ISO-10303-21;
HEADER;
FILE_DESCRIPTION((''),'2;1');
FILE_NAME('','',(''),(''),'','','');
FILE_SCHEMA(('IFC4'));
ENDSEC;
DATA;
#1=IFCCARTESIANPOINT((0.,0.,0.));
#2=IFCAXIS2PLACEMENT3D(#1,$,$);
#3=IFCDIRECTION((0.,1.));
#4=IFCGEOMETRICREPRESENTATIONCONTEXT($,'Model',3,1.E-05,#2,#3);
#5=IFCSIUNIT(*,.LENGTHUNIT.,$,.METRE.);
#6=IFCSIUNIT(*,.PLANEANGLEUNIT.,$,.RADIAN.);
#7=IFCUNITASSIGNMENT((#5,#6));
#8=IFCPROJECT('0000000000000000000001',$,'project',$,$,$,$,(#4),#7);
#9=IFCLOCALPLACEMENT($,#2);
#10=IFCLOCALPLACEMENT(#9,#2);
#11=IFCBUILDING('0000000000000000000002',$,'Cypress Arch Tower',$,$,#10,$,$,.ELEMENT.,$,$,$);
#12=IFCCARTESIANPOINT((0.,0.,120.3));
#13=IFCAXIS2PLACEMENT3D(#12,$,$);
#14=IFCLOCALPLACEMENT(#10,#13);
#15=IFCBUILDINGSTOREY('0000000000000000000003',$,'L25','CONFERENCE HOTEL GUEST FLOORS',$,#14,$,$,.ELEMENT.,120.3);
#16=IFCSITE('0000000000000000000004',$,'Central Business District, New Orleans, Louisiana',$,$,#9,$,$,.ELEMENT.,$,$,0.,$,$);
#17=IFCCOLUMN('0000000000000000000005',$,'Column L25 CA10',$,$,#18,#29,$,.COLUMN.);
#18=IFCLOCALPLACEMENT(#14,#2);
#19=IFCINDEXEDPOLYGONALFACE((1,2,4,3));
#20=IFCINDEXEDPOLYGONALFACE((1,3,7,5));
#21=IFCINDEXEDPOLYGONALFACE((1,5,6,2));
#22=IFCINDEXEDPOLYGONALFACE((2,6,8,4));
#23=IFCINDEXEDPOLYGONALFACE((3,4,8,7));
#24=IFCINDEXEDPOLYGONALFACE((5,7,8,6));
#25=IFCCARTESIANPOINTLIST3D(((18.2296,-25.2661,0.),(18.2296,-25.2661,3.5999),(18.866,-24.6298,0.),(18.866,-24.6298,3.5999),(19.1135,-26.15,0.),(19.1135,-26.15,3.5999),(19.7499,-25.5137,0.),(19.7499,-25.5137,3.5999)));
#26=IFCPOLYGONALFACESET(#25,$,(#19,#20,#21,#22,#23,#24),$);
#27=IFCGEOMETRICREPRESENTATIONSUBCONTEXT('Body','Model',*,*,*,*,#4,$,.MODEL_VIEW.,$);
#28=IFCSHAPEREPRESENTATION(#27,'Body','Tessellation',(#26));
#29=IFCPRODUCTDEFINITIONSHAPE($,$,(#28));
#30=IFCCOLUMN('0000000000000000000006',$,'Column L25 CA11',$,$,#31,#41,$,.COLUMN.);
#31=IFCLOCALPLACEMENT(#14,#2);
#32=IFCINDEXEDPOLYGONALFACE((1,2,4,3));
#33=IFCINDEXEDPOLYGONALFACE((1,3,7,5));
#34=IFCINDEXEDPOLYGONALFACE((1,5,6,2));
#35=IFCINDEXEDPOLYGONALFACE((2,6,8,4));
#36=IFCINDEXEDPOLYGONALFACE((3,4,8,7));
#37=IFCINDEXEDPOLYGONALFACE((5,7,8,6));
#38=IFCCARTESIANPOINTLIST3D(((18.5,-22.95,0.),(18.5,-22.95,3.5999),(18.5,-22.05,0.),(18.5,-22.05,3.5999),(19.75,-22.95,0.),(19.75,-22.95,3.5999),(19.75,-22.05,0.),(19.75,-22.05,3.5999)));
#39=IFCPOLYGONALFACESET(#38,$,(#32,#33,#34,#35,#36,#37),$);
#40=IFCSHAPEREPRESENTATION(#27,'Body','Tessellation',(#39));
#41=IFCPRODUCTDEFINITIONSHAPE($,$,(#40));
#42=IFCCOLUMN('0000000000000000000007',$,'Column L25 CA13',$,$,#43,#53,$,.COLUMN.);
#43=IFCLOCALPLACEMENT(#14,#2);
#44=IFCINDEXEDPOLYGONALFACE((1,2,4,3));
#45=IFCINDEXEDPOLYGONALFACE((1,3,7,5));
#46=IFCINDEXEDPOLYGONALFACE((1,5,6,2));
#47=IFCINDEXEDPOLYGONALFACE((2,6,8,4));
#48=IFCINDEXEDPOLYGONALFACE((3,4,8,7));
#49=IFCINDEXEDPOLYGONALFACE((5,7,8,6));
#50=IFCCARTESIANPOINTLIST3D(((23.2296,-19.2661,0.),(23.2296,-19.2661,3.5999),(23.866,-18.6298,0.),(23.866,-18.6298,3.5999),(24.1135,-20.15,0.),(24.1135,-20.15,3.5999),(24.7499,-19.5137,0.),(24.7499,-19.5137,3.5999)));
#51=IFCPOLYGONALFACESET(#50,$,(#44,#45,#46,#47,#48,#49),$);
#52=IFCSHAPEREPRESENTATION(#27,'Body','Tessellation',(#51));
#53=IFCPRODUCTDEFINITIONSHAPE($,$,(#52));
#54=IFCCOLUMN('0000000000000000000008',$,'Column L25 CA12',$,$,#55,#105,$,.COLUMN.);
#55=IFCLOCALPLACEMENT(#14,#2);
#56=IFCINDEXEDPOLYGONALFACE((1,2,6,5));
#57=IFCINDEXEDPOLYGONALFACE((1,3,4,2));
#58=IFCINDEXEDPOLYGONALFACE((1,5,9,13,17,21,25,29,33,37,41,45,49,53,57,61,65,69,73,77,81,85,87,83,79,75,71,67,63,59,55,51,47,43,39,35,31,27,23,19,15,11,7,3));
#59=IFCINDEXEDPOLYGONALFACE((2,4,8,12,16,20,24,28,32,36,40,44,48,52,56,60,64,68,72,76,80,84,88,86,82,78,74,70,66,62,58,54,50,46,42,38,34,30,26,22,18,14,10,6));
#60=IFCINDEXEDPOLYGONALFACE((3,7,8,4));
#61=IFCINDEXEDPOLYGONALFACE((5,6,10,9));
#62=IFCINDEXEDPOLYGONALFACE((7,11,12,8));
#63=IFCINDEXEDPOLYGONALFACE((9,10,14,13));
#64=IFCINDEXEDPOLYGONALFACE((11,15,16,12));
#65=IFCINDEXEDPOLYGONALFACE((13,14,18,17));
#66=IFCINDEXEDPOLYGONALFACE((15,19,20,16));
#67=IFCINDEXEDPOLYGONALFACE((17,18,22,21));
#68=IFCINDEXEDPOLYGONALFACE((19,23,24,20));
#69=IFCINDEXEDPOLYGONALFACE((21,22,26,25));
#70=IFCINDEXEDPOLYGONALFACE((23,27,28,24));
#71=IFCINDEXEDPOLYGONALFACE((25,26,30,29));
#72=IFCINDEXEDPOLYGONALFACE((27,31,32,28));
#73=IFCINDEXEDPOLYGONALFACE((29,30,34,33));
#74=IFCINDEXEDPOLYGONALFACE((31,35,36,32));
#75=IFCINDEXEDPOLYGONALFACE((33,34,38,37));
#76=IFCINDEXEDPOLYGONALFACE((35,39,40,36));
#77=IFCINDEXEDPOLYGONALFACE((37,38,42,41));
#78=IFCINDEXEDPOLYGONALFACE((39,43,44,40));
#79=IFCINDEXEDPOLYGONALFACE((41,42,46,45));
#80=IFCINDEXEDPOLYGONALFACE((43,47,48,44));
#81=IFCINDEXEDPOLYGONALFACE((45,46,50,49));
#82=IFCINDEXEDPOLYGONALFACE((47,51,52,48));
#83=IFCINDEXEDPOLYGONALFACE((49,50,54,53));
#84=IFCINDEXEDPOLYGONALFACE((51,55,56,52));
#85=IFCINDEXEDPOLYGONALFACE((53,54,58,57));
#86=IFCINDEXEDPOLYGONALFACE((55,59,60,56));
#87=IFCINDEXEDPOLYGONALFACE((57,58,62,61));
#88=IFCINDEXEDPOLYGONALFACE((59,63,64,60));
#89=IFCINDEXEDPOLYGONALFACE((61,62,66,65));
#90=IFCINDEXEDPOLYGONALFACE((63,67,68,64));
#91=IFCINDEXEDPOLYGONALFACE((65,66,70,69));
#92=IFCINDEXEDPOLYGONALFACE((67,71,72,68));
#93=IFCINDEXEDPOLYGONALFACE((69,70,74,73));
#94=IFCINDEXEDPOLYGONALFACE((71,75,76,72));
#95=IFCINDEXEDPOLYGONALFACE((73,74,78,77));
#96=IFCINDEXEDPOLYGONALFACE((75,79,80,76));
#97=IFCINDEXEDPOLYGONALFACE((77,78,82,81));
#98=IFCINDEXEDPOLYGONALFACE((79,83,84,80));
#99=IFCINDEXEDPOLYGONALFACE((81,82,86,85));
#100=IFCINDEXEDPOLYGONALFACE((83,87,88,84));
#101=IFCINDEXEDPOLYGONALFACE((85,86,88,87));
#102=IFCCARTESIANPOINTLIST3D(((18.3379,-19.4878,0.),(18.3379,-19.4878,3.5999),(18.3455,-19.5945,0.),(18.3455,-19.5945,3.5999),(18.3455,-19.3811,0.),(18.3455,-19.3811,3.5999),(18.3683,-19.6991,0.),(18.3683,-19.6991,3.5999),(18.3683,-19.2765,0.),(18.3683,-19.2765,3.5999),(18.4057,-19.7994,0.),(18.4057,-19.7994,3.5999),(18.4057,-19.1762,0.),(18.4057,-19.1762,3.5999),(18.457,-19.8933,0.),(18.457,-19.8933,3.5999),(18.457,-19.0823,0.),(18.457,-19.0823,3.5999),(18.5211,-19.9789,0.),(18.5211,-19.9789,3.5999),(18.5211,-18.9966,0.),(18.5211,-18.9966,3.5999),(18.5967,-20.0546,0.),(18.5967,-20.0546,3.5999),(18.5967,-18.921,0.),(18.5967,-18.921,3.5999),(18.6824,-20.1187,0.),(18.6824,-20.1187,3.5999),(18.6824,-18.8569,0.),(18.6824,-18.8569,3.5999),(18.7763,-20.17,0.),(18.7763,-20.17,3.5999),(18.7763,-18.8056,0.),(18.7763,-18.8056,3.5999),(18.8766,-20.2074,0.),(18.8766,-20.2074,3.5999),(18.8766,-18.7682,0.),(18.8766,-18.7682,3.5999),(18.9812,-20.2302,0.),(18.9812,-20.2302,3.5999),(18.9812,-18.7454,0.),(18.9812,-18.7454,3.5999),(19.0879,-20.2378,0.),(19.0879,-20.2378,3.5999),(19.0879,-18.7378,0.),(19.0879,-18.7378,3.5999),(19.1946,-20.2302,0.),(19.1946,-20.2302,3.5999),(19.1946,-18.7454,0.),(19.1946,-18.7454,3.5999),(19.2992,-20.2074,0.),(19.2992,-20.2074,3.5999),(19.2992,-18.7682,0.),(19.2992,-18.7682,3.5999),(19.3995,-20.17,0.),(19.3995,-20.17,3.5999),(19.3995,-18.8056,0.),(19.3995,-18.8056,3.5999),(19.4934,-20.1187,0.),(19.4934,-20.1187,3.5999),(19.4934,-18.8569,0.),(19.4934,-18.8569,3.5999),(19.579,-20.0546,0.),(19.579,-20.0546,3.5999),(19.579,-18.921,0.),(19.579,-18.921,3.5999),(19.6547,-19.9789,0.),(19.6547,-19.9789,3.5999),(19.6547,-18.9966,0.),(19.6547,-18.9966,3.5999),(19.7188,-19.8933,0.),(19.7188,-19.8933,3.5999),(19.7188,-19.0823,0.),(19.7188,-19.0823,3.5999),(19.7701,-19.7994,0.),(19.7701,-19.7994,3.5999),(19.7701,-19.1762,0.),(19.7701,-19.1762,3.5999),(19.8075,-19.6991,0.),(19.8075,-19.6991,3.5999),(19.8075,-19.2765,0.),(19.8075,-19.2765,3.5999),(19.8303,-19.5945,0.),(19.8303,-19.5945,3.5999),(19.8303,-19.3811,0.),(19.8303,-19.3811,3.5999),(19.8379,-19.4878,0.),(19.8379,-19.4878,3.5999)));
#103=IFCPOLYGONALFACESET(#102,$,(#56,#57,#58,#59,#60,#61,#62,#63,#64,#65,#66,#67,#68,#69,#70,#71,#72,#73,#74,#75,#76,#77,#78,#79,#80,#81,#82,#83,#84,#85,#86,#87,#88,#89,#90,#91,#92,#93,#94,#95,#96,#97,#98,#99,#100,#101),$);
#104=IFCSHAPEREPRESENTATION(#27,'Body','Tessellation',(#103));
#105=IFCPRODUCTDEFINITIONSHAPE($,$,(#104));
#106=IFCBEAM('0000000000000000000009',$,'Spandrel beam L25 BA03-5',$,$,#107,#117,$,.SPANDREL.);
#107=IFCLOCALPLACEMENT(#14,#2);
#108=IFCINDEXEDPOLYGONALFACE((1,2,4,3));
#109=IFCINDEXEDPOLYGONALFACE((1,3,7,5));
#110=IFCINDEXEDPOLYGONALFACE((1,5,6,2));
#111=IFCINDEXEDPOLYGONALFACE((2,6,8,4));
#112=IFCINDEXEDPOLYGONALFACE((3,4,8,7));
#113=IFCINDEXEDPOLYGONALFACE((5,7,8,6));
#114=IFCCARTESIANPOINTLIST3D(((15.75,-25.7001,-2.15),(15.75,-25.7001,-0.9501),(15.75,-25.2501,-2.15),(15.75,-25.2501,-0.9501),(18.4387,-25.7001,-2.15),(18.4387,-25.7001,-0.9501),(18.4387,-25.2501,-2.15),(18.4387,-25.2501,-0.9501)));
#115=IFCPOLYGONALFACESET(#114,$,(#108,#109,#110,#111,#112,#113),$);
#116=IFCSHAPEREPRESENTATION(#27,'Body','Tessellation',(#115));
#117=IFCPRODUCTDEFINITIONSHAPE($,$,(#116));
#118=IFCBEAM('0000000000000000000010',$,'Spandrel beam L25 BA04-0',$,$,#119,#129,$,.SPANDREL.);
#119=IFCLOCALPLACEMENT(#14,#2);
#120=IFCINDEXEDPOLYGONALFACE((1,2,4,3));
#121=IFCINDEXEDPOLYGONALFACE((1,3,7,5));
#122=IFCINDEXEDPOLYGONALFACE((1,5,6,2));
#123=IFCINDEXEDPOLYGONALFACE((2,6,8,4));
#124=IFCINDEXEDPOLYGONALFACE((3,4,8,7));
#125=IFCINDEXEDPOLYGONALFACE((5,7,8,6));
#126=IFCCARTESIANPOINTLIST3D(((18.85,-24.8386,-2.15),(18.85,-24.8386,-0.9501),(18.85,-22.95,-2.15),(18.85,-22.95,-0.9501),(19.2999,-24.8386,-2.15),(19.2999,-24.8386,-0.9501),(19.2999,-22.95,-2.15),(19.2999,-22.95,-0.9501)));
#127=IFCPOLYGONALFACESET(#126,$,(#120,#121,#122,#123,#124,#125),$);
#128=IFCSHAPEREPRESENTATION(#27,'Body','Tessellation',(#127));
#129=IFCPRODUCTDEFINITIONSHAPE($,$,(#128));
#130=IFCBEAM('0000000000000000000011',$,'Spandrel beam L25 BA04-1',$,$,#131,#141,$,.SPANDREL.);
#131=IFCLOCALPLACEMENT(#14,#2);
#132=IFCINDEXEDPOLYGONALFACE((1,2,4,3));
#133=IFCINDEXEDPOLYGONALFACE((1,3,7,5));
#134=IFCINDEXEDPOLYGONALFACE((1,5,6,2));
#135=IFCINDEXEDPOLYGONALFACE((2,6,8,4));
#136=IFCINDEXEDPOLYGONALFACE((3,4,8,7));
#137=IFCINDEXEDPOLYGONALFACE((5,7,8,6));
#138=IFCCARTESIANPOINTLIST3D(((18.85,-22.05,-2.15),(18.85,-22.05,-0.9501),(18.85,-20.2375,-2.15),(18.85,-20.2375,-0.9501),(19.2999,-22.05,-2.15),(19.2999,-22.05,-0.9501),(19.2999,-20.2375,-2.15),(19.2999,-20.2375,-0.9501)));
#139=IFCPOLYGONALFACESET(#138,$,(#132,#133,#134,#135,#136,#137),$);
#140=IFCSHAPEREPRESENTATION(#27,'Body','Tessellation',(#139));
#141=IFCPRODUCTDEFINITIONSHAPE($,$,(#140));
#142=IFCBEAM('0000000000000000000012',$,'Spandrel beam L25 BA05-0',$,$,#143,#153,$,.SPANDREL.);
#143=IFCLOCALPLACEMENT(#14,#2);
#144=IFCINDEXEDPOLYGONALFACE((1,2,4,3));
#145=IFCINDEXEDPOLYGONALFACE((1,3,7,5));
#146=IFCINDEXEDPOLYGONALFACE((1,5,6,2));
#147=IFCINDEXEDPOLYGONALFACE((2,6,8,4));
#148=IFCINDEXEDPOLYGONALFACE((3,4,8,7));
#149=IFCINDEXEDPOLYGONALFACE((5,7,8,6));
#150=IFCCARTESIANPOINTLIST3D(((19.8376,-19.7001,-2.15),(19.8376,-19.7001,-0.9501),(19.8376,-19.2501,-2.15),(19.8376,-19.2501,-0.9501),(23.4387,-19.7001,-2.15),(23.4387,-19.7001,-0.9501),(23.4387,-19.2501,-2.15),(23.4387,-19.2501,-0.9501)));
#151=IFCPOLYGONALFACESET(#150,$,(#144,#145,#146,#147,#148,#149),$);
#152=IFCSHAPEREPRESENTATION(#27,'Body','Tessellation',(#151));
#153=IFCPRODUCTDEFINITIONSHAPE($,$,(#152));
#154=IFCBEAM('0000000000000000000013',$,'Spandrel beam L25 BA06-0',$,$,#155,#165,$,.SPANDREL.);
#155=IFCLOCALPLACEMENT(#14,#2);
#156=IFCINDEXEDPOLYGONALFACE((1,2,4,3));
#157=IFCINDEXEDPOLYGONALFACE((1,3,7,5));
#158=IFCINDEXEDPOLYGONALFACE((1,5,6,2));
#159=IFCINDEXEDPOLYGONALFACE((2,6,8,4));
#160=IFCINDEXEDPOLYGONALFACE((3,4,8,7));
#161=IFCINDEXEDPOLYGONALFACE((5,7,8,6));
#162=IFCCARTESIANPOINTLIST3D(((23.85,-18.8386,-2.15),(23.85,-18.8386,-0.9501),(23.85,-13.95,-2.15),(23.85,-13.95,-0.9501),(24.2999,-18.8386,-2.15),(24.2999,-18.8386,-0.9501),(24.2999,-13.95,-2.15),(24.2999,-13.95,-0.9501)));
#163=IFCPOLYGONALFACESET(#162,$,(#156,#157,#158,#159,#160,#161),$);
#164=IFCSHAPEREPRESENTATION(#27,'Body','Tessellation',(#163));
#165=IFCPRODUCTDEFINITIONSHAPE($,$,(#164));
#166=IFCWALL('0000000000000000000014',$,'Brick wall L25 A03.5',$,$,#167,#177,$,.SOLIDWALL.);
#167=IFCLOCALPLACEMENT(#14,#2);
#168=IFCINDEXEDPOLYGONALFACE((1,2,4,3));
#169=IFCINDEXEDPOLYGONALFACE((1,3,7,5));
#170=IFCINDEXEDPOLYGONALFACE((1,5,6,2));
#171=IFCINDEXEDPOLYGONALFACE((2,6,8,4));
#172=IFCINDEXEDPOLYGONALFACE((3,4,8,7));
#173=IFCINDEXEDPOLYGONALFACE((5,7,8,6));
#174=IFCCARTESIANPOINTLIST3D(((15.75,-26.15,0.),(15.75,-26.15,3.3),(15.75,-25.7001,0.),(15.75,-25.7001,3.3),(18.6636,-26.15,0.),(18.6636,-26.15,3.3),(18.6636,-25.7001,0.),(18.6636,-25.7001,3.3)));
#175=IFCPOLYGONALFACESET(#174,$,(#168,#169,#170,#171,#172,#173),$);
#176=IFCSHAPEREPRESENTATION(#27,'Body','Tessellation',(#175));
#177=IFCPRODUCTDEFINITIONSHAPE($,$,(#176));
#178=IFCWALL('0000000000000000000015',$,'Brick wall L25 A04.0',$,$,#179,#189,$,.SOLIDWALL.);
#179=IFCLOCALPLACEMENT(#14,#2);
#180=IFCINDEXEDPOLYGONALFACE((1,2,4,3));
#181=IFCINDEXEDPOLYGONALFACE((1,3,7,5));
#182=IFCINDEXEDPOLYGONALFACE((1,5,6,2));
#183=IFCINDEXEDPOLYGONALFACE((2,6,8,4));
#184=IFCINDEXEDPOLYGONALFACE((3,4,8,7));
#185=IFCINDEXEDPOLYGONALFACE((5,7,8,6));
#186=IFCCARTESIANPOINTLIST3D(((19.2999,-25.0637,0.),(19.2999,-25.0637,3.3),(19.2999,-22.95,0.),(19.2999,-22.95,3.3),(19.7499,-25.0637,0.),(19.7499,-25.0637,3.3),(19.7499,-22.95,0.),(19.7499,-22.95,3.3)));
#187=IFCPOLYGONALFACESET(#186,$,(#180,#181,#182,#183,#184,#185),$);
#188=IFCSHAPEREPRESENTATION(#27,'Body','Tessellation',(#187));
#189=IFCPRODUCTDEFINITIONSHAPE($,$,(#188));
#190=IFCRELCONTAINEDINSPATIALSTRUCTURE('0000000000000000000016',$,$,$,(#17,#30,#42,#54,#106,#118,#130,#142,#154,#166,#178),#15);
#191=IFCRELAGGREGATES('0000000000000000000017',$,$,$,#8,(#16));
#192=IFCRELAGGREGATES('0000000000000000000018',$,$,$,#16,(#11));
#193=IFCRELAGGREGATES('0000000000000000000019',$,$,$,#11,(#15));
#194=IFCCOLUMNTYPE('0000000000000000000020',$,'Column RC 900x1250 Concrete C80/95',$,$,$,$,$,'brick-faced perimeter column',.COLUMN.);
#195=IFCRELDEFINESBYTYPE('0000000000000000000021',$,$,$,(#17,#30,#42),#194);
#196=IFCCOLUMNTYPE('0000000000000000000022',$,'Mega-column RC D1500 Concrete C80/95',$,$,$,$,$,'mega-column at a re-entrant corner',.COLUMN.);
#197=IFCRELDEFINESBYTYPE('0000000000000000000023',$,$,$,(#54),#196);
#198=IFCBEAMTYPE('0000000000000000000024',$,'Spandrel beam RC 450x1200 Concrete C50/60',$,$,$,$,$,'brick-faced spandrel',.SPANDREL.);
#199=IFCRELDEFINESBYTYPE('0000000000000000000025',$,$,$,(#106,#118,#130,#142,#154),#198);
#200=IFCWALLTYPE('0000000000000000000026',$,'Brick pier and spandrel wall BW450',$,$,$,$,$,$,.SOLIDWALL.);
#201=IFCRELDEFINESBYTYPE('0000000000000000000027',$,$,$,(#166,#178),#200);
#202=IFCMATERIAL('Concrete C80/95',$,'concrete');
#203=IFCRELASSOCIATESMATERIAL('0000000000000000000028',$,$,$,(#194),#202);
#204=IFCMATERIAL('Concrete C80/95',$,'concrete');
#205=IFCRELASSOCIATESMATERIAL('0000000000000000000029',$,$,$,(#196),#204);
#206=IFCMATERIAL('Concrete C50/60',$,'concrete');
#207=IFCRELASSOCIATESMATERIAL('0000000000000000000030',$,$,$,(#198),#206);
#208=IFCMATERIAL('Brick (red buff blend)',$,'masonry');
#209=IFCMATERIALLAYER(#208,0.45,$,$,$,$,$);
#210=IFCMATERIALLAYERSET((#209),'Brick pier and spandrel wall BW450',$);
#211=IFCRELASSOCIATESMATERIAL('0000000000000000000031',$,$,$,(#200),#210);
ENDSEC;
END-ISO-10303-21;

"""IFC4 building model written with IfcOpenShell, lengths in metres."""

from ifc_helpers import new_model, si_unit, direction, frame, frame_2d, origin, origin_2d, place, context, subcontext, project, spatial, rectangle, circle, extrude, material, layer, layer_set, material_profile, profile_set, type_object, element, save


model = new_model("IFC4")

# Units and contexts
model_context = context("Model", 3, precision=1e-05, world=origin(), true_north=direction((0.0, 1.0)))
body_context = subcontext(model_context, "Body", "Model", "MODEL_VIEW")
ifc_project = project(units=[si_unit("LENGTHUNIT", "METRE"), si_unit("PLANEANGLEUNIT", "RADIAN")], contexts=[model_context])

# Site, building, storey
site_placement = place(None, origin())
site = spatial("IfcSite", under=ifc_project, at=site_placement, Name="Central Business District, New Orleans, Louisiana", CompositionType="ELEMENT", RefElevation=0.0)
building_placement = place(site_placement, origin())
building = spatial("IfcBuilding", under=site, at=building_placement, Name="Cypress Arch Tower", CompositionType="ELEMENT")
storey_placement = place(building_placement, frame((0.0, 0.0, 120.3)))
storey = spatial("IfcBuildingStorey", under=building, at=storey_placement, Name="L25", Description="CONFERENCE HOTEL GUEST FLOORS", CompositionType="ELEMENT", Elevation=120.3)

# Columns
ifc_material_1 = material(Name="Concrete C80/95", Category="concrete")
ifc_material_profile_1 = material_profile(ifc_material_1, rectangle(XDim=0.8999, YDim=1.25, at=origin_2d()), Name="RC 900x1250")
ifc_profile_set_1 = profile_set([ifc_material_profile_1], Name="Concrete C80/95")
column_type_1 = type_object("IfcColumnType", Name="Column RC 900x1250 Concrete C80/95", ElementType="brick-faced perimeter column", PredefinedType="COLUMN", material=ifc_profile_set_1)
for number, where, z_axis, x_axis, name in (
    (1, (18.9897, -25.3899, 0.0), (0.0, 0.0, 1.0), (0.707107, 0.707107, 0.0), "Column L25 CA10"),
    (2, (19.125, -22.5, 0.0), (0.0, 0.0, 1.0), (0.0, 1.0, 0.0), "Column L25 CA11"),
    (3, (23.9897, -19.3899, 0.0), (0.0, 0.0, 1.0), (0.707107, 0.707107, 0.0), "Column L25 CA13"),
):
    element("IfcColumn", number, at=place(storey_placement, frame(where, z_axis=z_axis, x_axis=x_axis)), inside=storey, type_object=column_type_1, Name=name, PredefinedType="COLUMN", context=body_context, shape_type="SweptSolid", body=[
        extrude(rectangle(XDim=0.8999, YDim=1.25, at=origin_2d()), origin(), (0.0, 0.0, 1.0), 3.5999),
    ])
ifc_material_2 = material(Name="Concrete C80/95", Category="concrete")
ifc_material_profile_2 = material_profile(ifc_material_2, circle(Radius=0.75, at=origin_2d()), Name="RC D1500")
ifc_profile_set_2 = profile_set([ifc_material_profile_2], Name="Concrete C80/95")
column_type_2 = type_object("IfcColumnType", Name="Mega-column RC D1500 Concrete C80/95", ElementType="mega-column at a re-entrant corner", PredefinedType="COLUMN", material=ifc_profile_set_2)
column_placement = place(storey_placement, frame((19.0879, -19.4878, 0.0), z_axis=(0.0, 0.0, 1.0), x_axis=(1.0, 0.0, 0.0)))
element("IfcColumn", 4, at=column_placement, inside=storey, type_object=column_type_2, Name="Column L25 CA12", PredefinedType="COLUMN", context=body_context, shape_type="SweptSolid", body=[
    extrude(circle(Radius=0.75, at=origin_2d()), origin(), (0.0, 0.0, 1.0), 3.5999),
])

# Beams
ifc_material_3 = material(Name="Concrete C50/60", Category="concrete")
ifc_material_profile_3 = material_profile(ifc_material_3, rectangle(XDim=0.45, YDim=1.2, at=origin_2d()), Name="RC 450x1200")
ifc_profile_set_3 = profile_set([ifc_material_profile_3], Name="Concrete C50/60")
beam_type = type_object("IfcBeamType", Name="Spandrel beam RC 450x1200 Concrete C50/60", ElementType="brick-faced spandrel", PredefinedType="SPANDREL", material=ifc_profile_set_3)
beam_1_placement = place(storey_placement, frame((15.75, -25.4751, -1.55), z_axis=(1.0, 0.0, 0.0), x_axis=(0.0, 1.0, 0.0)))
element("IfcBeam", 5, at=beam_1_placement, inside=storey, type_object=beam_type, Name="Spandrel beam L25 BA03-5", PredefinedType="SPANDREL", context=body_context, shape_type="SweptSolid", body=[
    extrude(rectangle(XDim=0.45, YDim=1.2, at=origin_2d()), origin(), (0.0, 0.0, 1.0), 2.6887),
])
beam_2_placement = place(storey_placement, frame((19.075, -24.8386, -1.55), z_axis=(0.0, 1.0, 0.0), x_axis=(-1.0, 0.0, 0.0)))
element("IfcBeam", 6, at=beam_2_placement, inside=storey, type_object=beam_type, Name="Spandrel beam L25 BA04-0", PredefinedType="SPANDREL", context=body_context, shape_type="SweptSolid", body=[
    extrude(rectangle(XDim=0.45, YDim=1.2, at=origin_2d()), origin(), (0.0, 0.0, 1.0), 1.8887),
])
beam_3_placement = place(storey_placement, frame((19.075, -22.05, -1.55), z_axis=(0.0, 1.0, 0.0), x_axis=(-1.0, 0.0, 0.0)))
element("IfcBeam", 7, at=beam_3_placement, inside=storey, type_object=beam_type, Name="Spandrel beam L25 BA04-1", PredefinedType="SPANDREL", context=body_context, shape_type="SweptSolid", body=[
    extrude(rectangle(XDim=0.45, YDim=1.2, at=origin_2d()), origin(), (0.0, 0.0, 1.0), 1.8125),
])
beam_4_placement = place(storey_placement, frame((19.8376, -19.4751, -1.55), z_axis=(1.0, 0.0, 0.0), x_axis=(0.0, 1.0, 0.0)))
element("IfcBeam", 8, at=beam_4_placement, inside=storey, type_object=beam_type, Name="Spandrel beam L25 BA05-0", PredefinedType="SPANDREL", context=body_context, shape_type="SweptSolid", body=[
    extrude(rectangle(XDim=0.45, YDim=1.2, at=origin_2d()), origin(), (0.0, 0.0, 1.0), 3.6011),
])
beam_5_placement = place(storey_placement, frame((24.075, -18.8386, -1.55), z_axis=(0.0, 1.0, 0.0), x_axis=(-1.0, 0.0, 0.0)))
element("IfcBeam", 9, at=beam_5_placement, inside=storey, type_object=beam_type, Name="Spandrel beam L25 BA06-0", PredefinedType="SPANDREL", context=body_context, shape_type="SweptSolid", body=[
    extrude(rectangle(XDim=0.45, YDim=1.2, at=origin_2d()), origin(), (0.0, 0.0, 1.0), 4.8887),
])

# Walls
ifc_material_4 = material(Name="Brick (red buff blend)", Category="masonry")
ifc_layer_1 = layer(ifc_material_4, 0.45)
ifc_layer_set_1 = layer_set([ifc_layer_1], Name="Brick pier and spandrel wall BW450")
wall_type_1 = type_object("IfcWallType", Name="Brick pier and spandrel wall BW450", PredefinedType="SOLIDWALL", material=ifc_layer_set_1)
wall_1_placement = place(storey_placement, frame((15.75, -25.925, 0.0), z_axis=(0.0, 0.0, 1.0), x_axis=(1.0, 0.0, 0.0)))
element("IfcWall", 10, at=wall_1_placement, inside=storey, type_object=wall_type_1, Name="Brick wall L25 A03.5", PredefinedType="SOLIDWALL", context=body_context, shape_type="SweptSolid", body=[
    extrude(rectangle(XDim=2.9136, YDim=0.45, at=frame_2d((1.4568, 0.0))), origin(), (0.0, 0.0, 1.0), 3.3),
])
wall_2_placement = place(storey_placement, frame((19.5249, -25.0637, 0.0), z_axis=(0.0, 0.0, 1.0), x_axis=(0.0, 1.0, 0.0)))
element("IfcWall", 11, at=wall_2_placement, inside=storey, type_object=wall_type_1, Name="Brick wall L25 A04.0", PredefinedType="SOLIDWALL", context=body_context, shape_type="SweptSolid", body=[
    extrude(rectangle(XDim=2.1138, YDim=0.45, at=frame_2d((1.0569, 0.0))), origin(), (0.0, 0.0, 1.0), 3.3),
])

save(model, "model.ifc")
